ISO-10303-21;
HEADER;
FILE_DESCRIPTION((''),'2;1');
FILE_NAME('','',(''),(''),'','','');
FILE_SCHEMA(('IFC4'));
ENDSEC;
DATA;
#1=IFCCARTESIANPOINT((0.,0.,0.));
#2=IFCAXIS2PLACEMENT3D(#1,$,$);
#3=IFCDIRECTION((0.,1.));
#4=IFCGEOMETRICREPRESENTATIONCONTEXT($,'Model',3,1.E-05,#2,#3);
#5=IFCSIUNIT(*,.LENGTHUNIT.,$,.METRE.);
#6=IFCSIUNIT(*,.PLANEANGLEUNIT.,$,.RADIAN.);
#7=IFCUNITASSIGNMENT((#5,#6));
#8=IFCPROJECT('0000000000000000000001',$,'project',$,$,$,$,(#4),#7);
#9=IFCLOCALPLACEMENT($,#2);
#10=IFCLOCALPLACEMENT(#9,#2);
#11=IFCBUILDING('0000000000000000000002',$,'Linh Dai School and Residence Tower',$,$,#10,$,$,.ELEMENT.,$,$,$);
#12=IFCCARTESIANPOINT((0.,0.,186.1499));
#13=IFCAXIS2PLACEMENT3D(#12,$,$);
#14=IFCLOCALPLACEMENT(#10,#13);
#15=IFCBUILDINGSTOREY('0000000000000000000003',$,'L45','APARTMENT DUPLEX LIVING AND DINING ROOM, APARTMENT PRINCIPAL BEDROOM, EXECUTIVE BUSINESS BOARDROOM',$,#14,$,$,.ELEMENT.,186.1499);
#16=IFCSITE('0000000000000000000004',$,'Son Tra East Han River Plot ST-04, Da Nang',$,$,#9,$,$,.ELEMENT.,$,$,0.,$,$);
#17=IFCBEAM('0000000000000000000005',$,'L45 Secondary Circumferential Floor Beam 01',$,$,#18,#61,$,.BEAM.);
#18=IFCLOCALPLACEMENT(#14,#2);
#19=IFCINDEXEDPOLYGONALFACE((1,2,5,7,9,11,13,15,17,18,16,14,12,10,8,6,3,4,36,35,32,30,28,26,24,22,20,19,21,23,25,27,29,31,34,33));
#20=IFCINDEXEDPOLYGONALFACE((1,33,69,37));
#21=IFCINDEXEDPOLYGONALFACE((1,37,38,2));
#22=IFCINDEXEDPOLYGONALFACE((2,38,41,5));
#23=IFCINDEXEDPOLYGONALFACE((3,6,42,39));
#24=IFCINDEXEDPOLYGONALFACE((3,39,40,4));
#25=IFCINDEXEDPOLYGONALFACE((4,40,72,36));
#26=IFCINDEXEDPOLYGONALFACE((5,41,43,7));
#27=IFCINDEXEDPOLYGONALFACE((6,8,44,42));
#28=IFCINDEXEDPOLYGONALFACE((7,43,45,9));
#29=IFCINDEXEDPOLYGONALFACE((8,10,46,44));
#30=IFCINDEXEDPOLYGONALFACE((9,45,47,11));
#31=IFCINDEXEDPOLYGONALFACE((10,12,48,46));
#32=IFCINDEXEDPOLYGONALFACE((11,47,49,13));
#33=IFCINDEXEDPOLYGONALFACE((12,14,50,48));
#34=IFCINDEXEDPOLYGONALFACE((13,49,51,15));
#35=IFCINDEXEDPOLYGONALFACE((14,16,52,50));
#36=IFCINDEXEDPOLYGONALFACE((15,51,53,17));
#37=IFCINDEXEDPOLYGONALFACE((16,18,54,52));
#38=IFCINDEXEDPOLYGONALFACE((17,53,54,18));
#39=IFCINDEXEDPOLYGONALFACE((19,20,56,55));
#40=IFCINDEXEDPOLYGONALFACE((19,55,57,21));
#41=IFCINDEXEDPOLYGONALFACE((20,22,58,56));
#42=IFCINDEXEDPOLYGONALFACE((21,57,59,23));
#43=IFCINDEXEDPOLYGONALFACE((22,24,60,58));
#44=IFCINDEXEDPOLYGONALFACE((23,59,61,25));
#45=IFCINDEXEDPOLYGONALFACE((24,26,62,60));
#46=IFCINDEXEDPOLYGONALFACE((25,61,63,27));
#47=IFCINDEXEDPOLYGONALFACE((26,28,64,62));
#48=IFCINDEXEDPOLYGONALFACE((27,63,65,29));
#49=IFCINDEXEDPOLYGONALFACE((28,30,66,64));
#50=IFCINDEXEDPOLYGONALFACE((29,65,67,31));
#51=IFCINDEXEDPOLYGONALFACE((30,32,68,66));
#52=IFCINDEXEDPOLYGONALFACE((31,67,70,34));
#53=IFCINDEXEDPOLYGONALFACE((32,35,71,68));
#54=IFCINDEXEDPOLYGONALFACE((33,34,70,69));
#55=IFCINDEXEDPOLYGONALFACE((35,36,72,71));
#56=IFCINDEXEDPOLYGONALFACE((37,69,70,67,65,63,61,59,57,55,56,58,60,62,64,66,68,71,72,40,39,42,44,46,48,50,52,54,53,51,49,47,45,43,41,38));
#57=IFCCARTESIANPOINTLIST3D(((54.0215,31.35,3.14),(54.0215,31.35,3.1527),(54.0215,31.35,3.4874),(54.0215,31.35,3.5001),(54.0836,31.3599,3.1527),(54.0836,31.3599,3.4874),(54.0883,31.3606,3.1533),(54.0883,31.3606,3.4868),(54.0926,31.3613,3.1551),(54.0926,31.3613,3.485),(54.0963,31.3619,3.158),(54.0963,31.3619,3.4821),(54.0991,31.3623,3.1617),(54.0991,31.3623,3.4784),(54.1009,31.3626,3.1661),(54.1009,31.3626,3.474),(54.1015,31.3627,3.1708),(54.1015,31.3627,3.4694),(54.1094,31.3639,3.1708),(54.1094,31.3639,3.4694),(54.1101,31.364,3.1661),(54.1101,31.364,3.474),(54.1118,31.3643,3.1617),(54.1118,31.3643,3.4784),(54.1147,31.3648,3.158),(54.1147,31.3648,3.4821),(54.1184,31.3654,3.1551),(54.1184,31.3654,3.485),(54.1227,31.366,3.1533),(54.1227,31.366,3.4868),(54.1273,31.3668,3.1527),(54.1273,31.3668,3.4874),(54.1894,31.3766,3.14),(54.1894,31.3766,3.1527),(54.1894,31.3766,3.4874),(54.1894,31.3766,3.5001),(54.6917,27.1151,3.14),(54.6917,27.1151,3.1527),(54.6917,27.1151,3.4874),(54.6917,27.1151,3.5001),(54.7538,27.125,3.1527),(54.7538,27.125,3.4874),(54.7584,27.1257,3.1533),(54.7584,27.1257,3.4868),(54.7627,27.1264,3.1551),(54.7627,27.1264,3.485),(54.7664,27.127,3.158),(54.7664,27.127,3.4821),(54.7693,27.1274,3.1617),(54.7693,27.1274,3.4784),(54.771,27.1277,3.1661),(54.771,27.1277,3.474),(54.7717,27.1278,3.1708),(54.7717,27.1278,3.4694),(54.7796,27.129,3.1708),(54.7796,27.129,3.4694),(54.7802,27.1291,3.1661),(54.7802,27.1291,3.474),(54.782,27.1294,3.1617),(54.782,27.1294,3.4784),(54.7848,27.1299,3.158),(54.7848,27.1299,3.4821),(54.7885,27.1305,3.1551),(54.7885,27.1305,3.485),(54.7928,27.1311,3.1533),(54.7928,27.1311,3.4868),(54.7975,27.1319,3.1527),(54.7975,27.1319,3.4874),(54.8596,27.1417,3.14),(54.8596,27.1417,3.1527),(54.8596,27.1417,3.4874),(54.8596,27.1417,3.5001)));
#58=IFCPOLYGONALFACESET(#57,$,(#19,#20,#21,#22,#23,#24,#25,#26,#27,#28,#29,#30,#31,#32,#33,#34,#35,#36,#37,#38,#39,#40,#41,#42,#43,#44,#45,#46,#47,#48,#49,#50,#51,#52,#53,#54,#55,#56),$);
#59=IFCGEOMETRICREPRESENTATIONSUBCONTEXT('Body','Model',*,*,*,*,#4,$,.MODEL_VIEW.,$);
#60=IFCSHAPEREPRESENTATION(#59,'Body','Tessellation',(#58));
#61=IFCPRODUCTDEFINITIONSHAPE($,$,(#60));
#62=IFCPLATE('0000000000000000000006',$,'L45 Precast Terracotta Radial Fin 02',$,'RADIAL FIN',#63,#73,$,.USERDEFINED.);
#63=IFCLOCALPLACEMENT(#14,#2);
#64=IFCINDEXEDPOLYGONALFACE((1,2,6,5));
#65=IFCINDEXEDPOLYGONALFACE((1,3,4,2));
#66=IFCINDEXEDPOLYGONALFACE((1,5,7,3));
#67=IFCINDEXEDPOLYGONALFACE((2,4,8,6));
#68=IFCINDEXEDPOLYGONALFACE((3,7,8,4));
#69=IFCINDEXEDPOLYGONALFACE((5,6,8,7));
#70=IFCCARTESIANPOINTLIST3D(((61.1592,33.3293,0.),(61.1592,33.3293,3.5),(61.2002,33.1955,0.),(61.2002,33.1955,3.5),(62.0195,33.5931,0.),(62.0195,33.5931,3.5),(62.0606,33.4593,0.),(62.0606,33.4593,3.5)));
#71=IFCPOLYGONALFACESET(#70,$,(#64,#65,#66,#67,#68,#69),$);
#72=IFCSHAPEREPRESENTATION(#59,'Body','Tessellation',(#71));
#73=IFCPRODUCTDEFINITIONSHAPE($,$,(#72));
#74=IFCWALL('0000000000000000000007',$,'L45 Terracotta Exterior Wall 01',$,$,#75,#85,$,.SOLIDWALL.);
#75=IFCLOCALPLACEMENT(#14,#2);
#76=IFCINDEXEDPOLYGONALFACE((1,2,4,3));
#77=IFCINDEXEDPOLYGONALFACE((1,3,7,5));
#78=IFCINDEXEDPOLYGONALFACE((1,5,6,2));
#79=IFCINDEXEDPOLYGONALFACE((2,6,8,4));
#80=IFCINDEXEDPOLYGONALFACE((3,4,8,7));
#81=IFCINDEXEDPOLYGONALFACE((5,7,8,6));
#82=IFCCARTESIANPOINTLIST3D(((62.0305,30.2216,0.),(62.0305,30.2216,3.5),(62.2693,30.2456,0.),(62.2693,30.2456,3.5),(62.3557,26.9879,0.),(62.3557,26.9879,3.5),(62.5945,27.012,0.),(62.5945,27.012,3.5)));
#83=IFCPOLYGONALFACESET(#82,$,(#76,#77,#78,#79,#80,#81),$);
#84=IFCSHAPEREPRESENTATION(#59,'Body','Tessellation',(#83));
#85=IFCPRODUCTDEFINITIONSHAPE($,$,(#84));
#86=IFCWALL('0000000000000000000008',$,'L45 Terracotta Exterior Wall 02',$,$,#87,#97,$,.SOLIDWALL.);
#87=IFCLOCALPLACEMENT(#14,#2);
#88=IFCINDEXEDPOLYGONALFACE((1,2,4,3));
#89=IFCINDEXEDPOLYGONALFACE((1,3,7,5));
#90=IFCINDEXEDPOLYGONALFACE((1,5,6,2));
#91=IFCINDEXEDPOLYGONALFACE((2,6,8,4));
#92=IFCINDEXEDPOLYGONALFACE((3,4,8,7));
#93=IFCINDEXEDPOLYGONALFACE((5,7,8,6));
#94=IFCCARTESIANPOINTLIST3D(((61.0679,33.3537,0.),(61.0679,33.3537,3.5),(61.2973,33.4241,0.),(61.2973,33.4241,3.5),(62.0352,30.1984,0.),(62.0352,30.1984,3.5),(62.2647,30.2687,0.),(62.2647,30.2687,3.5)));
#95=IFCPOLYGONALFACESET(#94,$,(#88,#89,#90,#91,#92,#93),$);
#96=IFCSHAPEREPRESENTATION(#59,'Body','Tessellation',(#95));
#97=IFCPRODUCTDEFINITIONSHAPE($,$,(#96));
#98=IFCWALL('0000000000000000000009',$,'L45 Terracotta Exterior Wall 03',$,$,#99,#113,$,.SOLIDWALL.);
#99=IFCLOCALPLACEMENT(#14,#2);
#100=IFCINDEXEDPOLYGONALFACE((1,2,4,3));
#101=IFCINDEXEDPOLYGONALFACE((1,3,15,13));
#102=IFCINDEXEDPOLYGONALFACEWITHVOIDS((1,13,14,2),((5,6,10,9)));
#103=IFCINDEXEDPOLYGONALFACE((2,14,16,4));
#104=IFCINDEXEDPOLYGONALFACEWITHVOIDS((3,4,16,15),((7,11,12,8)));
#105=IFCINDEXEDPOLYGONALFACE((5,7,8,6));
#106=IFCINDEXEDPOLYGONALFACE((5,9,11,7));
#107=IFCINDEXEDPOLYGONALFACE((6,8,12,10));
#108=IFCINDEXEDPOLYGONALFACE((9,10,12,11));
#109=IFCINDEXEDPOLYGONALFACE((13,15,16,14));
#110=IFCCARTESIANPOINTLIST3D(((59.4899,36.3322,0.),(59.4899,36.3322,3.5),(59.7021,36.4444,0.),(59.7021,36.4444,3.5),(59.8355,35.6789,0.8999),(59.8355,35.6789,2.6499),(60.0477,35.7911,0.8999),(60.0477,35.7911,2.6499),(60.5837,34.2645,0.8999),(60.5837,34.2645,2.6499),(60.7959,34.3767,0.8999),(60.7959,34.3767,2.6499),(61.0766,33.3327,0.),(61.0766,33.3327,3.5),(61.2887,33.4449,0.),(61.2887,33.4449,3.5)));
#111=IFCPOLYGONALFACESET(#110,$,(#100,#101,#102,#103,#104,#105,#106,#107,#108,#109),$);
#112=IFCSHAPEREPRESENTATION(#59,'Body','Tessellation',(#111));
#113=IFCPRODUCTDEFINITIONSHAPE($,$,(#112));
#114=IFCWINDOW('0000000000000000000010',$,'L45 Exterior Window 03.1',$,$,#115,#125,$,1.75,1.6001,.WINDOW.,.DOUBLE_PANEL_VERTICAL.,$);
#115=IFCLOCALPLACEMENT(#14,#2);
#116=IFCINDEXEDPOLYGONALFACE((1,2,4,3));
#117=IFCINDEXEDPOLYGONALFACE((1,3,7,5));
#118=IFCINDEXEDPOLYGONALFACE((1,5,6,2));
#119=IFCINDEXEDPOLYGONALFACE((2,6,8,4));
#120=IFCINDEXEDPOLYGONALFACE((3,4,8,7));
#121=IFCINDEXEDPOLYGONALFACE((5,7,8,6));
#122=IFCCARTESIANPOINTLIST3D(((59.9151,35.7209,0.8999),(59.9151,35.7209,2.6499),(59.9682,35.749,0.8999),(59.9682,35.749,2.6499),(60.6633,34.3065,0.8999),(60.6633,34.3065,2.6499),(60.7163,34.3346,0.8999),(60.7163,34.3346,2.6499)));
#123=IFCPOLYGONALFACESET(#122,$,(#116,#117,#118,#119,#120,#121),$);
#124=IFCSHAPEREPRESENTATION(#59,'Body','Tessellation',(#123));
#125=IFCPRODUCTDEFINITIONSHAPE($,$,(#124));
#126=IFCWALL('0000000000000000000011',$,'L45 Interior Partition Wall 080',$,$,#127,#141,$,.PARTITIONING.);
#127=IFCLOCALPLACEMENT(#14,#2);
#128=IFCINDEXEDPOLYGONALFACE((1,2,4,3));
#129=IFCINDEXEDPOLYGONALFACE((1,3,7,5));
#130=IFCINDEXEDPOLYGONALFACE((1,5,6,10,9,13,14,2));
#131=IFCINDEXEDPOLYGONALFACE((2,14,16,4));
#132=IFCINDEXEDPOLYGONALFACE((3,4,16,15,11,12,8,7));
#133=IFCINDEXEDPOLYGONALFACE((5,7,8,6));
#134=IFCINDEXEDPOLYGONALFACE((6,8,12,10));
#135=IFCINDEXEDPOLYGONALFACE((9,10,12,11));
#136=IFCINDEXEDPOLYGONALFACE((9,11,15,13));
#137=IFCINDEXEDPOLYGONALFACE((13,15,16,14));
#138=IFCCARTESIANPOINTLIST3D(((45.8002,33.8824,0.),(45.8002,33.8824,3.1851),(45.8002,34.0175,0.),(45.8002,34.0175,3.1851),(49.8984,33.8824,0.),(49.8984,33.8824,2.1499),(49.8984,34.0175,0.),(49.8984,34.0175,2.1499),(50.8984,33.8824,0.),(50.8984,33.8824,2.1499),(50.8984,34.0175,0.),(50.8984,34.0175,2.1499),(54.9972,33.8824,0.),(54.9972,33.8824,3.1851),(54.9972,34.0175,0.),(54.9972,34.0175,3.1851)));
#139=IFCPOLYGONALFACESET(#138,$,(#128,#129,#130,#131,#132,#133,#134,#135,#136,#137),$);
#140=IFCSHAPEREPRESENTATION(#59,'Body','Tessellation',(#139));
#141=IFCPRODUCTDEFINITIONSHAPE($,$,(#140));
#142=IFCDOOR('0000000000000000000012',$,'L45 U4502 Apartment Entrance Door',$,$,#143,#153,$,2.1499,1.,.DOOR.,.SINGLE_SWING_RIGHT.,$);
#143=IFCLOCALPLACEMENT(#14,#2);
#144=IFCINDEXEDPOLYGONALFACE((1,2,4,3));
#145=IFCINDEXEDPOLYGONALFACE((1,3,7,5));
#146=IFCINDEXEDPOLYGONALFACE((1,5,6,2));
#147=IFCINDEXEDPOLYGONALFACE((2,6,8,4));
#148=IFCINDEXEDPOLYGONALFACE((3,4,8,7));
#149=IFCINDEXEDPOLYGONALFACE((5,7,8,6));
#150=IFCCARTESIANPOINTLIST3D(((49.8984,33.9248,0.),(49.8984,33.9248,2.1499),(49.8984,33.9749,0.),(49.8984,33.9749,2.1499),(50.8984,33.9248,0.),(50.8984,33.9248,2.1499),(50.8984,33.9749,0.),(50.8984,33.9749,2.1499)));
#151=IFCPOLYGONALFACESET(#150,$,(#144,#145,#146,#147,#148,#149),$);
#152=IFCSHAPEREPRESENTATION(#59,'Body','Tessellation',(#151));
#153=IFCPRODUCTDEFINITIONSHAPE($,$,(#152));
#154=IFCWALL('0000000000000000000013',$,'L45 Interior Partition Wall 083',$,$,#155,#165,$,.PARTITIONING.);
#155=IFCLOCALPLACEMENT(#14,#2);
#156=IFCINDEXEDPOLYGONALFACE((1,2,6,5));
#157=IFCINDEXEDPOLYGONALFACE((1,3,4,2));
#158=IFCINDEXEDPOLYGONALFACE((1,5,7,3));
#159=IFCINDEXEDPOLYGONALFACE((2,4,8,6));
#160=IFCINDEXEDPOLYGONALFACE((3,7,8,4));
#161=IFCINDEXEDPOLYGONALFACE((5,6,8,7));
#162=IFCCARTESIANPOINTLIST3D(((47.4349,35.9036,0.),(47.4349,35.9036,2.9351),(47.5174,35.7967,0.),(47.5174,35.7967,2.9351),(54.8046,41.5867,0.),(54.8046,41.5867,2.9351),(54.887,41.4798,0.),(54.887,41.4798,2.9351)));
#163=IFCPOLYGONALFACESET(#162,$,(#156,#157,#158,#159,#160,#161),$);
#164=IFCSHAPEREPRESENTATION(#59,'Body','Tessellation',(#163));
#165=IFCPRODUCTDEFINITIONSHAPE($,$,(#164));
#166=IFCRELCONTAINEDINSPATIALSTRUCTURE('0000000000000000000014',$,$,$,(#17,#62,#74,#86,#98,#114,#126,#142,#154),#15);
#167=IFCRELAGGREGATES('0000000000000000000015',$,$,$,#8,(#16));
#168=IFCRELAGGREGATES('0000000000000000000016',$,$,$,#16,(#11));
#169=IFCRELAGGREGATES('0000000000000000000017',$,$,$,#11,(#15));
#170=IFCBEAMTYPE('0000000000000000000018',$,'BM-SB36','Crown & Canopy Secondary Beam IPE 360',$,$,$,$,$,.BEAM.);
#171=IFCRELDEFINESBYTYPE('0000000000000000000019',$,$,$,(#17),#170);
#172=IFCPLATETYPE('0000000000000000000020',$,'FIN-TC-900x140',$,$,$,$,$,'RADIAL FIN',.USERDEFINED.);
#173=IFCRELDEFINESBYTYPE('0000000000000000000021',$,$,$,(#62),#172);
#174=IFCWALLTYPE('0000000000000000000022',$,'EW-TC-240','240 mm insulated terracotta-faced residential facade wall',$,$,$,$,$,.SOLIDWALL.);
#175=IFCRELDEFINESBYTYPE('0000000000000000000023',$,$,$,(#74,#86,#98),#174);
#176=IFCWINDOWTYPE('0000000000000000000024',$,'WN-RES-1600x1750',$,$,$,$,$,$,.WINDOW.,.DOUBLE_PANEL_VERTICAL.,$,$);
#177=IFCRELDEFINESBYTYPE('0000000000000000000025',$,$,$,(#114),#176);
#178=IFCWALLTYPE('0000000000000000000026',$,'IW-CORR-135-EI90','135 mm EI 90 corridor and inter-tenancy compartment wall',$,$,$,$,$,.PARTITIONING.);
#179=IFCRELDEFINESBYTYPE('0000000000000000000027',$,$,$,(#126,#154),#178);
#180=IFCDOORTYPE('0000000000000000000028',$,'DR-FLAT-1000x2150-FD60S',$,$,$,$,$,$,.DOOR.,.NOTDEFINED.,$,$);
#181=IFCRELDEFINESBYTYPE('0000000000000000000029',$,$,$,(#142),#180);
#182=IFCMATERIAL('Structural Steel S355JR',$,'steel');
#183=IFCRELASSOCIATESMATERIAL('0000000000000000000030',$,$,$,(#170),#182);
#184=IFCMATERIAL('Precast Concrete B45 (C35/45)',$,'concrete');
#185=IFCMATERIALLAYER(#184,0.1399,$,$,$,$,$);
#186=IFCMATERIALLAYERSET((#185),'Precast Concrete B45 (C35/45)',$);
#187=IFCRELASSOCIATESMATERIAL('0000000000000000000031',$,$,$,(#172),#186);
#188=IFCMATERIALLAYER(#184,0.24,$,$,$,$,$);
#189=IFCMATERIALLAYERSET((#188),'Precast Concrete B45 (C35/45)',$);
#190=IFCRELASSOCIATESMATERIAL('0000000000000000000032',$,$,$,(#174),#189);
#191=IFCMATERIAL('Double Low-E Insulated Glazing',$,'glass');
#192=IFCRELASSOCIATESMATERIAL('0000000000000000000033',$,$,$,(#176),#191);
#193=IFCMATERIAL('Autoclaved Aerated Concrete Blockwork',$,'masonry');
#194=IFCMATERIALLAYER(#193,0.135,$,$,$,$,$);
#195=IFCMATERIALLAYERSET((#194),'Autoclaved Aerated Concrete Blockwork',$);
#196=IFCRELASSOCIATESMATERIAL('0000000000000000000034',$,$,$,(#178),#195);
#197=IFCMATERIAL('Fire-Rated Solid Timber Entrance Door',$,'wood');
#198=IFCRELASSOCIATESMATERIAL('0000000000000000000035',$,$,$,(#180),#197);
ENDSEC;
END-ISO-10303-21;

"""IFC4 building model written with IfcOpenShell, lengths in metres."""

from ifc_helpers import new_model, si_unit, direction, frame, frame_2d, origin, origin_2d, place, context, subcontext, project, spatial, rectangle, i_section, extrude, source, transform, mapped, material, layer, layer_set, material_profile, profile_set, type_object, element, fill, save


model = new_model("IFC4")

# Units and contexts
model_context = context("Model", 3, precision=1e-05, world=origin(), true_north=direction((0.0, 1.0)))
body_context = subcontext(model_context, "Body", "Model", "MODEL_VIEW")
ifc_project = project(units=[si_unit("LENGTHUNIT", "METRE"), si_unit("PLANEANGLEUNIT", "RADIAN")], contexts=[model_context])

# Site, building, storey
site_placement = place(None, origin())
site = spatial("IfcSite", under=ifc_project, at=site_placement, Name="Son Tra East Han River Plot ST-04, Da Nang", CompositionType="ELEMENT", RefElevation=0.0)
building_placement = place(site_placement, origin())
building = spatial("IfcBuilding", under=site, at=building_placement, Name="Linh Dai School and Residence Tower", CompositionType="ELEMENT")
storey_placement = place(building_placement, frame((0.0, 0.0, 186.1499)))
storey = spatial("IfcBuildingStorey", under=building, at=storey_placement, Name="L45", Description="APARTMENT DUPLEX LIVING AND DINING ROOM, APARTMENT PRINCIPAL BEDROOM, EXECUTIVE BUSINESS BOARDROOM", CompositionType="ELEMENT", Elevation=186.1499)

# Shared definitions
ifc_material_1 = material(Name="Structural Steel S355JR", Category="steel")

# Beam
ifc_material_profile_1 = material_profile(ifc_material_1, i_section(OverallWidth=0.1699, OverallDepth=0.3601, WebThickness=0.0081, FlangeThickness=0.0127, FilletRadius=0.0181, at=origin_2d()), Name="IPE 360")
ifc_profile_set_1 = profile_set([ifc_material_profile_1], Name="Structural Steel S355JR")
beam_type_1 = type_object("IfcBeamType", Name="BM-SB36", Description="Crown & Canopy Secondary Beam IPE 360", PredefinedType="BEAM", material=ifc_profile_set_1)
beam_1_placement = place(storey_placement, frame((54.7756, 27.1284, 3.3201), z_axis=(-0.156305, 0.987709, 0.0), x_axis=(-0.987709, -0.156305, 0.0)))
element("IfcBeam", 1, at=beam_1_placement, inside=storey, type_object=beam_type_1, Name="L45 Secondary Circumferential Floor Beam 01", PredefinedType="BEAM", context=body_context, shape_type="SweptSolid", body=[
    extrude(i_section(OverallWidth=0.1699, OverallDepth=0.3601, WebThickness=0.0081, FlangeThickness=0.0127, FilletRadius=0.0181, at=origin_2d()), origin(), (0.0, 0.0, 1.0), 4.2876),
])

# Plate
ifc_material_2 = material(Name="Precast Concrete B45 (C35/45)", Category="concrete")
ifc_layer_1 = layer(ifc_material_2, 0.1399)
ifc_layer_set_1 = layer_set([ifc_layer_1], Name="Precast Concrete B45 (C35/45)")
plate_type = type_object("IfcPlateType", Name="FIN-TC-900x140", ElementType="RADIAL FIN", PredefinedType="USERDEFINED", material=ifc_layer_set_1)
shared_shape_1 = source(origin(), body_context, "Body", "SweptSolid", [
    extrude(rectangle(XDim=0.8999, YDim=0.1399, at=origin_2d()), origin(), (0.0, 0.0, 1.0), 3.5),
])
plate_placement = place(storey_placement, frame((61.6099, 33.3943, 0.0), z_axis=(0.0, 0.0, 1.0), x_axis=(0.956075, 0.293122, 0.0)))
element("IfcPlate", 2, at=plate_placement, inside=storey, type_object=plate_type, Name="L45 Precast Terracotta Radial Fin 02", ObjectType="RADIAL FIN", PredefinedType="USERDEFINED", context=body_context, shape_type="MappedRepresentation", body=[
    mapped(shared_shape_1, transform((0.0, 0.0, 0.0), x_axis=(1.0, 0.0, 0.0), y_axis=(0.0, 1.0, 0.0), z_axis=(0.0, 0.0, 1.0), scale=1.0)),
])

# Walls
ifc_layer_2 = layer(ifc_material_2, 0.24)
ifc_layer_set_2 = layer_set([ifc_layer_2], Name="Precast Concrete B45 (C35/45)")
wall_type_1 = type_object("IfcWallType", Name="EW-TC-240", Description="240 mm insulated terracotta-faced residential facade wall", PredefinedType="SOLIDWALL", material=ifc_layer_set_2)
wall_1_placement = place(storey_placement, frame((62.1499, 30.2336, 0.0), z_axis=(0.0, 0.0, 1.0), x_axis=(0.100062, -0.994981, 0.0)))
element("IfcWall", 3, at=wall_1_placement, inside=storey, type_object=wall_type_1, Name="L45 Terracotta Exterior Wall 01", PredefinedType="SOLIDWALL", context=body_context, shape_type="SweptSolid", body=[
    extrude(rectangle(XDim=3.25, YDim=0.24, at=frame_2d((1.625, 0.0))), origin(), (0.0, 0.0, 1.0), 3.5),
])
wall_2_placement = place(storey_placement, frame((61.1826, 33.3889, 0.0), z_axis=(0.0, 0.0, 1.0), x_axis=(0.293098, -0.956082, 0.0)))
element("IfcWall", 4, at=wall_2_placement, inside=storey, type_object=wall_type_1, Name="L45 Terracotta Exterior Wall 02", PredefinedType="SOLIDWALL", context=body_context, shape_type="SweptSolid", body=[
    extrude(rectangle(XDim=3.3003, YDim=0.24, at=frame_2d((1.6501, 0.0))), origin(), (0.0, 0.0, 1.0), 3.5),
])

# Wall, opening, window
wall_3_placement = place(storey_placement, frame((59.5959, 36.3884, 0.0), z_axis=(0.0, 0.0, 1.0), x_axis=(0.467587, -0.883947, 0.0)))
wall_3 = element("IfcWall", 5, at=wall_3_placement, inside=storey, type_object=wall_type_1, Name="L45 Terracotta Exterior Wall 03", PredefinedType="SOLIDWALL", context=body_context, shape_type="SweptSolid", body=[
    extrude(rectangle(XDim=3.3933, YDim=0.24, at=frame_2d((1.6968, 0.0))), origin(), (0.0, 0.0, 1.0), 3.5),
])
opening_1_placement = place(wall_3_placement, frame((0.7393, 0.0, 0.8999)))
opening_1 = element("IfcOpeningElement", 6, at=opening_1_placement, cuts=wall_3, PredefinedType="OPENING", context=body_context, shape_type="SweptSolid", body=[
    extrude(rectangle(XDim=1.6001, YDim=1.75, at=origin_2d()), frame((0.8, 0.1299, 0.875), z_axis=(0.0, -1.0, 0.0), x_axis=(1.0, 0.0, 0.0)), (0.0, 0.0, 1.0), 0.26),
])
ifc_material_3 = material(Name="Double Low-E Insulated Glazing", Category="glass")
window_type = type_object("IfcWindowType", Name="WN-RES-1600x1750", PartitioningType="DOUBLE_PANEL_VERTICAL", PredefinedType="WINDOW", material=ifc_material_3)
shared_shape_2 = source(origin(), body_context, "Body", "SweptSolid", [
    extrude(rectangle(XDim=1.6001, YDim=1.75, at=origin_2d()), frame((0.8, 0.03, 0.875), z_axis=(0.0, -1.0, 0.0), x_axis=(1.0, 0.0, 0.0)), (0.0, 0.0, 1.0), 0.0601),
])
window_placement = place(opening_1_placement, origin())
window = element("IfcWindow", 7, at=window_placement, inside=storey, type_object=window_type, Name="L45 Exterior Window 03.1", OverallHeight=1.75, OverallWidth=1.6001, PartitioningType="DOUBLE_PANEL_VERTICAL", PredefinedType="WINDOW", context=body_context, shape_type="MappedRepresentation", body=[
    mapped(shared_shape_2, transform((0.0, 0.0, 0.0), x_axis=(1.0, 0.0, 0.0), y_axis=(0.0, 1.0, 0.0), z_axis=(0.0, 0.0, 1.0), scale=1.0)),
])
fill(opening_1, window)

# Wall, opening, door
ifc_material_4 = material(Name="Autoclaved Aerated Concrete Blockwork", Category="masonry")
ifc_layer_3 = layer(ifc_material_4, 0.135)
ifc_layer_set_3 = layer_set([ifc_layer_3], Name="Autoclaved Aerated Concrete Blockwork")
wall_type_2 = type_object("IfcWallType", Name="IW-CORR-135-EI90", Description="135 mm EI 90 corridor and inter-tenancy compartment wall", PredefinedType="PARTITIONING", material=ifc_layer_set_3)
wall_4_placement = place(storey_placement, frame((45.8, 33.95, 0.0), z_axis=(0.0, 0.0, 1.0), x_axis=(1.0, 0.0, 0.0)))
wall_4 = element("IfcWall", 8, at=wall_4_placement, inside=storey, type_object=wall_type_2, Name="L45 Interior Partition Wall 080", PredefinedType="PARTITIONING", context=body_context, shape_type="SweptSolid", body=[
    extrude(rectangle(XDim=9.197, YDim=0.135, at=frame_2d((4.5986, 0.0))), origin(), (0.0, 0.0, 1.0), 3.1851),
])
opening_2_placement = place(wall_4_placement, frame((4.0984, 0.0, 0.0)))
opening_2 = element("IfcOpeningElement", 9, at=opening_2_placement, cuts=wall_4, PredefinedType="OPENING", context=body_context, shape_type="SweptSolid", body=[
    extrude(rectangle(XDim=1.0, YDim=2.1499, at=origin_2d()), frame((0.5, 0.0776, 1.075), z_axis=(0.0, -1.0, 0.0), x_axis=(1.0, 0.0, 0.0)), (0.0, 0.0, 1.0), 0.155),
])
ifc_material_5 = material(Name="Fire-Rated Solid Timber Entrance Door", Category="wood")
door_type_1 = type_object("IfcDoorType", Name="DR-FLAT-1000x2150-FD60S", OperationType="NOTDEFINED", PredefinedType="DOOR", material=ifc_material_5)
shared_shape_3 = source(origin(), body_context, "Body", "SweptSolid", [
    extrude(rectangle(XDim=1.0, YDim=2.1499, at=origin_2d()), frame((0.5, 0.0249, 1.075), z_axis=(0.0, -1.0, 0.0), x_axis=(1.0, 0.0, 0.0)), (0.0, 0.0, 1.0), 0.05),
])
door_1_placement = place(opening_2_placement, origin())
door_1 = element("IfcDoor", 10, at=door_1_placement, inside=storey, type_object=door_type_1, Name="L45 U4502 Apartment Entrance Door", OperationType="SINGLE_SWING_RIGHT", OverallHeight=2.1499, OverallWidth=1.0, PredefinedType="DOOR", context=body_context, shape_type="MappedRepresentation", body=[
    mapped(shared_shape_3, transform((0.0, 0.0, 0.0), x_axis=(1.0, 0.0, 0.0), y_axis=(0.0, 1.0, 0.0), z_axis=(0.0, 0.0, 1.0), scale=1.0)),
])
fill(opening_2, door_1)

# Wall
wall_5_placement = place(storey_placement, frame((47.4761, 35.8501, 0.0), z_axis=(0.0, 0.0, 1.0), x_axis=(0.791888, 0.610666, 0.0)))
element("IfcWall", 11, at=wall_5_placement, inside=storey, type_object=wall_type_2, Name="L45 Interior Partition Wall 083", PredefinedType="PARTITIONING", context=body_context, shape_type="SweptSolid", body=[
    extrude(rectangle(XDim=9.3064, YDim=0.135, at=frame_2d((4.6533, 0.0))), origin(), (0.0, 0.0, 1.0), 2.9351),
])

save(model, "model.ifc")
